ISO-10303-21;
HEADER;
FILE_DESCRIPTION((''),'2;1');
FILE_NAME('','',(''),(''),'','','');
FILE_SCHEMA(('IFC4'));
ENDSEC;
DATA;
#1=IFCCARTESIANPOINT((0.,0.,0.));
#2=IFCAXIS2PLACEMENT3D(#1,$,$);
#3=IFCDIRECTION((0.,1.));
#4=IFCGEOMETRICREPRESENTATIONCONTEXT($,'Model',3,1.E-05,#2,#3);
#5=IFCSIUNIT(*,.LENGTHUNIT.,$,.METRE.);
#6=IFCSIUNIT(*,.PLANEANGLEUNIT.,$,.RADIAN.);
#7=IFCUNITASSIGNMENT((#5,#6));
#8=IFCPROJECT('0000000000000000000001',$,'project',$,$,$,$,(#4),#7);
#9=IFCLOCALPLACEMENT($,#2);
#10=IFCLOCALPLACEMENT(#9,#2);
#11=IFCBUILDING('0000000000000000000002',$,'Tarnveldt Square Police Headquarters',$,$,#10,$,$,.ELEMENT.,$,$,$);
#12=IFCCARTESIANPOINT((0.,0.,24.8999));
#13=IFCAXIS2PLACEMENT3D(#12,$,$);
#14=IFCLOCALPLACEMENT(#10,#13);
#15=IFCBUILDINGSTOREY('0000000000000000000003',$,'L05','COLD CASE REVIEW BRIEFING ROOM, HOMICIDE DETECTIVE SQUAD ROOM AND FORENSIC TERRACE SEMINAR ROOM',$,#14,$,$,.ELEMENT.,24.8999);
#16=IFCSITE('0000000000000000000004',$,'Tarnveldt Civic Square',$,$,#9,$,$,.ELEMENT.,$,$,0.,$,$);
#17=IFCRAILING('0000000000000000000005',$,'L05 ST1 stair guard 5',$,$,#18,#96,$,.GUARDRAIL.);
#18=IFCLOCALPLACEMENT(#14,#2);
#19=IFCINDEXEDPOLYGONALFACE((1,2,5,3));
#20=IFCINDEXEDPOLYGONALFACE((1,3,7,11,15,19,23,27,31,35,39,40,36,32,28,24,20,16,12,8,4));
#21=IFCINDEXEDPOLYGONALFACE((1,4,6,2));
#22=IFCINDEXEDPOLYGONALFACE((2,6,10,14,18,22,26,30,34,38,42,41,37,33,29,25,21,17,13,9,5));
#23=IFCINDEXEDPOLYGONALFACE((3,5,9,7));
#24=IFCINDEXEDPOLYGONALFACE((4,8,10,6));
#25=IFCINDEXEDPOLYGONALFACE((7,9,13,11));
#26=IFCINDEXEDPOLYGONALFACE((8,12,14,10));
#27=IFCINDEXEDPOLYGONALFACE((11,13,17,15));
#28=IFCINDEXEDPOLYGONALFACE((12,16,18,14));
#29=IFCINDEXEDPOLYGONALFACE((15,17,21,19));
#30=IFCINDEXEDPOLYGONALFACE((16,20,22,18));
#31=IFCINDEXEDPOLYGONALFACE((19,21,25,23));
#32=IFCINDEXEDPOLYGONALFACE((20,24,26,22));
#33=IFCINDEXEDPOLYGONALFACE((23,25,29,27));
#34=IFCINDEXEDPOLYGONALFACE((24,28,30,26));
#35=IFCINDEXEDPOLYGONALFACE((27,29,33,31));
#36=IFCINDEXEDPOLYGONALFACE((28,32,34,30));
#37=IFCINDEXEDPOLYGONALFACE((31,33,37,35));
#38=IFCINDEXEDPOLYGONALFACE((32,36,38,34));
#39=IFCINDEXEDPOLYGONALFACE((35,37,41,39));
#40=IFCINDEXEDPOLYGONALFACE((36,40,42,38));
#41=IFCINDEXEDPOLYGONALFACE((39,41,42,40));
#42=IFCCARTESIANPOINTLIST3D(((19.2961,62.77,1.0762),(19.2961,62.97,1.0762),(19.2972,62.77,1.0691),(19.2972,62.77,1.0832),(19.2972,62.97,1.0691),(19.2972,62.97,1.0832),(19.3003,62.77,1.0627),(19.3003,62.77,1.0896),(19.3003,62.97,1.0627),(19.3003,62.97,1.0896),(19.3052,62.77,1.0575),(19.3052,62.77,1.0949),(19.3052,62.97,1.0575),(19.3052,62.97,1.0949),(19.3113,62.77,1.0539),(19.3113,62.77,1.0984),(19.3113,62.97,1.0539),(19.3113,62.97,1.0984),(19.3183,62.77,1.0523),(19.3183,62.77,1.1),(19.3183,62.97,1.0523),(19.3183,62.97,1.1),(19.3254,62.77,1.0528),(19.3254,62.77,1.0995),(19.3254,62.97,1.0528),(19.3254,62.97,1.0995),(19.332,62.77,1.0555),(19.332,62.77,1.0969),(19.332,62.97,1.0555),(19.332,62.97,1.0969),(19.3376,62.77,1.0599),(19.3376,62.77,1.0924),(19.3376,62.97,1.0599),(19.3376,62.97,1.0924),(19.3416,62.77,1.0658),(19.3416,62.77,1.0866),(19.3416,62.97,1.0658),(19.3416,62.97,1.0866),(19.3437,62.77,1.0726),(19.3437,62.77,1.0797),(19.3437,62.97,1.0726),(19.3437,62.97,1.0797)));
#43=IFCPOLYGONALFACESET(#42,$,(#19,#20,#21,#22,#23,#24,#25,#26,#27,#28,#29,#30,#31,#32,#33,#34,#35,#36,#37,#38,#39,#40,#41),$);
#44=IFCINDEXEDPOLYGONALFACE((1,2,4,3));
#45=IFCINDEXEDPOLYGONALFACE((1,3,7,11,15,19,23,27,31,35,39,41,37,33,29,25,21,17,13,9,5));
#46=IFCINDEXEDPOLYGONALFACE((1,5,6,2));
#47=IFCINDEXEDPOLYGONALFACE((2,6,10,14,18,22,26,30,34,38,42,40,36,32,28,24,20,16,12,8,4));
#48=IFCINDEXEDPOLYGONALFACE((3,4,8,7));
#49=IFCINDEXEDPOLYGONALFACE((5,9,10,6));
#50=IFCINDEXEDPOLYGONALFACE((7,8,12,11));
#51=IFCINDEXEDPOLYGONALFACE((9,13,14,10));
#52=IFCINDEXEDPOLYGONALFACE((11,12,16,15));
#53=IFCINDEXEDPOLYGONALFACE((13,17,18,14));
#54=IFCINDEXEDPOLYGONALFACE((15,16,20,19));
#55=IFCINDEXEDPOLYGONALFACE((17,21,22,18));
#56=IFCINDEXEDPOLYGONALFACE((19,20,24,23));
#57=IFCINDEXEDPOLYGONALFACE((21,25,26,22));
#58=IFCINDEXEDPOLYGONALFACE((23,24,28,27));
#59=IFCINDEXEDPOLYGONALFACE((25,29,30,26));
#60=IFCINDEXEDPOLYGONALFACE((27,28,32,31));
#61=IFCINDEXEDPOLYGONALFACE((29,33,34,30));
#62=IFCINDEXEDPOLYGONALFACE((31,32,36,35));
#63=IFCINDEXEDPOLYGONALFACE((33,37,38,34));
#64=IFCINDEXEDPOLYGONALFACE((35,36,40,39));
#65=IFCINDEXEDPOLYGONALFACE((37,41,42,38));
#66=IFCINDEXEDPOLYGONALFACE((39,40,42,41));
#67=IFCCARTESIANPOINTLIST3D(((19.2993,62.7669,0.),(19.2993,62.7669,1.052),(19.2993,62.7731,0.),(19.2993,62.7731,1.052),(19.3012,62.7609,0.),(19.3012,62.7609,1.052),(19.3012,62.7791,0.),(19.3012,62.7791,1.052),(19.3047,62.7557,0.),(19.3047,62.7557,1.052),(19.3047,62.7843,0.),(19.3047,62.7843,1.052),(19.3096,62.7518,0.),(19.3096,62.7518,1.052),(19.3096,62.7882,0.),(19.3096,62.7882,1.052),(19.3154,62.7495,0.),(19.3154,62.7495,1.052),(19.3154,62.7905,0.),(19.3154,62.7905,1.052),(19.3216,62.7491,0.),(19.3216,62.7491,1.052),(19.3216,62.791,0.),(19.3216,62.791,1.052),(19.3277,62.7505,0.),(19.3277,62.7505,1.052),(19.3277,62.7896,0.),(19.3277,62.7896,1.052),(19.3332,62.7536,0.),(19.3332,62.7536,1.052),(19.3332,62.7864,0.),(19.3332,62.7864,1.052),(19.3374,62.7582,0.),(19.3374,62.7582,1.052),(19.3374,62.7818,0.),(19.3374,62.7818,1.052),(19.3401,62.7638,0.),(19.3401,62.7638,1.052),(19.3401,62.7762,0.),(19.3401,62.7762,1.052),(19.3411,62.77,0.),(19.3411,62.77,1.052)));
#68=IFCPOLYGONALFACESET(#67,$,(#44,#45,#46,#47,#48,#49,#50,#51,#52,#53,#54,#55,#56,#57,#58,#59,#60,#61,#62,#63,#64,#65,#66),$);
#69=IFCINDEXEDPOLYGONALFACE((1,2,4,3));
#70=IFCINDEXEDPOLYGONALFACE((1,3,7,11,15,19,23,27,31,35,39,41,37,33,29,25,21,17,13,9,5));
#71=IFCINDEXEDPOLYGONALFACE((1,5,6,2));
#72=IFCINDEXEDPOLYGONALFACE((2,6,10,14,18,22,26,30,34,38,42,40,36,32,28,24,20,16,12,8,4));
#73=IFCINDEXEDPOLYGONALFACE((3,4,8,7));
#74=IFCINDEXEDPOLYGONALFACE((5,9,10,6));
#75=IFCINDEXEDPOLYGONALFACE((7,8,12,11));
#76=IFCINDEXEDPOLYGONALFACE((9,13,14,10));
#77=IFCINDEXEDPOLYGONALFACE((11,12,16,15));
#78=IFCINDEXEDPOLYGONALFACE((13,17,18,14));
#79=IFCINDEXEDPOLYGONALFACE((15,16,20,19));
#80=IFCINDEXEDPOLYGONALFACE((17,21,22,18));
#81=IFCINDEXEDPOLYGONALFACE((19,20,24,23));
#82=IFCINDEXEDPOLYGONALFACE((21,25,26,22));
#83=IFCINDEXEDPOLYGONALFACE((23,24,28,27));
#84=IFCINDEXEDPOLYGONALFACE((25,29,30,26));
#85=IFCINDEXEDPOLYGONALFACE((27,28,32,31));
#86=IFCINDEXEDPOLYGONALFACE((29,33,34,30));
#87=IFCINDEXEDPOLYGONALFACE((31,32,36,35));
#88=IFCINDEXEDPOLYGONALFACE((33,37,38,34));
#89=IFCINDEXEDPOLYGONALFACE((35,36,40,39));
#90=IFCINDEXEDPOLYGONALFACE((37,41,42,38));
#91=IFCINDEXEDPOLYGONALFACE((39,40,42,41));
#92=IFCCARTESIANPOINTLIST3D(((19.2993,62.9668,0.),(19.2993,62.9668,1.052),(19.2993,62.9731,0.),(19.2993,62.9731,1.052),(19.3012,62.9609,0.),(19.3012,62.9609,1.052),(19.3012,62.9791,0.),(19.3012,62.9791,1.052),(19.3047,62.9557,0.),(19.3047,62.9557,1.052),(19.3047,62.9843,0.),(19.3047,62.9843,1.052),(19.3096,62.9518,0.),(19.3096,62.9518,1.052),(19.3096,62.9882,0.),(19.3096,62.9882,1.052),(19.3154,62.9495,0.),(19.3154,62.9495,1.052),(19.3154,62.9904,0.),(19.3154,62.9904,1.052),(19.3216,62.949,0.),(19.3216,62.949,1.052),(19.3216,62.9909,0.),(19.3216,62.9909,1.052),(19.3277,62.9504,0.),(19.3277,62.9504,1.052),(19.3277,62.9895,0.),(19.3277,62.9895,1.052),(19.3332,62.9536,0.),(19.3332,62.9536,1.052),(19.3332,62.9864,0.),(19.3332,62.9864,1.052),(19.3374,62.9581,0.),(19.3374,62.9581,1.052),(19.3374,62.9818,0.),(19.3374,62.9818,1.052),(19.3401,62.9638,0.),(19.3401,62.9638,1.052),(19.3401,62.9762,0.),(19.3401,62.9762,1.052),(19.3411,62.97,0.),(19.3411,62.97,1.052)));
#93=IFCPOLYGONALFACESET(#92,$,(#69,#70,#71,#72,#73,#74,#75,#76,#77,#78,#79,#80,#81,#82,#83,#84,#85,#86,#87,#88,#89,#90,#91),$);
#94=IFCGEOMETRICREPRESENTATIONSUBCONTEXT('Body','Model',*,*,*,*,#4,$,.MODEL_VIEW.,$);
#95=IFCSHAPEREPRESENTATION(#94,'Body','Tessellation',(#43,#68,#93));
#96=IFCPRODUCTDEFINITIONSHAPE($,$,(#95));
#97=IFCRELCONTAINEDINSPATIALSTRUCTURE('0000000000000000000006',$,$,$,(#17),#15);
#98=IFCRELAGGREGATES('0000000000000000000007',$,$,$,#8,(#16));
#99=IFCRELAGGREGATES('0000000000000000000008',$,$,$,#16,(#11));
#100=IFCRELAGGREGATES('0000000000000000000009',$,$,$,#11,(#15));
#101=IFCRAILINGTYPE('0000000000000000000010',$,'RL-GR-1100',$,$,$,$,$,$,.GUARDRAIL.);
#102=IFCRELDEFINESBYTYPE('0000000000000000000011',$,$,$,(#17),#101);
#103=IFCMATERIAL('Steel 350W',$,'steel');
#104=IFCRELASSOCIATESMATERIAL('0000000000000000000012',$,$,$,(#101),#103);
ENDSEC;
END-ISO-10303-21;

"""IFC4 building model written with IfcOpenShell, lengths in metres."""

from ifc_helpers import new_model, si_unit, direction, frame, origin, origin_2d, place, context, subcontext, project, spatial, circle, extrude, material, type_object, element, save


model = new_model("IFC4")

# Units and contexts
model_context = context("Model", 3, precision=1e-05, world=origin(), true_north=direction((0.0, 1.0)))
body_context = subcontext(model_context, "Body", "Model", "MODEL_VIEW")
ifc_project = project(units=[si_unit("LENGTHUNIT", "METRE"), si_unit("PLANEANGLEUNIT", "RADIAN")], contexts=[model_context])

# Site, building, storey
site_placement = place(None, origin())
site = spatial("IfcSite", under=ifc_project, at=site_placement, Name="Tarnveldt Civic Square", CompositionType="ELEMENT", RefElevation=0.0)
building_placement = place(site_placement, origin())
building = spatial("IfcBuilding", under=site, at=building_placement, Name="Tarnveldt Square Police Headquarters", CompositionType="ELEMENT")
storey_placement = place(building_placement, frame((0.0, 0.0, 24.8999)))
storey = spatial("IfcBuildingStorey", under=building, at=storey_placement, Name="L05", Description="COLD CASE REVIEW BRIEFING ROOM, HOMICIDE DETECTIVE SQUAD ROOM AND FORENSIC TERRACE SEMINAR ROOM", CompositionType="ELEMENT", Elevation=24.8999)

# Shared definitions
ifc_material_1 = material(Name="Steel 350W", Category="steel")

# Railing
railing_type_1 = type_object("IfcRailingType", Name="RL-GR-1100", PredefinedType="GUARDRAIL", material=ifc_material_1)
railing_1_placement = place(storey_placement, frame((19.3201, 62.77, 0.0)))
element("IfcRailing", 1, at=railing_1_placement, inside=storey, type_object=railing_type_1, Name="L05 ST1 stair guard 5", PredefinedType="GUARDRAIL", context=body_context, shape_type="SweptSolid", body=[
    extrude(circle(Radius=0.0239, at=origin_2d()), frame((0.0, 0.0, 1.0762), z_axis=(0.0, 1.0, 0.0), x_axis=(-1.0, 0.0, 0.0)), (0.0, 0.0, 1.0), 0.2),
    extrude(circle(Radius=0.021, at=origin_2d()), origin(), (0.0, 0.0, 1.0), 1.052),
    extrude(circle(Radius=0.021, at=origin_2d()), frame((0.0, 0.2, 0.0)), (0.0, 0.0, 1.0), 1.052),
])

save(model, "model.ifc")
